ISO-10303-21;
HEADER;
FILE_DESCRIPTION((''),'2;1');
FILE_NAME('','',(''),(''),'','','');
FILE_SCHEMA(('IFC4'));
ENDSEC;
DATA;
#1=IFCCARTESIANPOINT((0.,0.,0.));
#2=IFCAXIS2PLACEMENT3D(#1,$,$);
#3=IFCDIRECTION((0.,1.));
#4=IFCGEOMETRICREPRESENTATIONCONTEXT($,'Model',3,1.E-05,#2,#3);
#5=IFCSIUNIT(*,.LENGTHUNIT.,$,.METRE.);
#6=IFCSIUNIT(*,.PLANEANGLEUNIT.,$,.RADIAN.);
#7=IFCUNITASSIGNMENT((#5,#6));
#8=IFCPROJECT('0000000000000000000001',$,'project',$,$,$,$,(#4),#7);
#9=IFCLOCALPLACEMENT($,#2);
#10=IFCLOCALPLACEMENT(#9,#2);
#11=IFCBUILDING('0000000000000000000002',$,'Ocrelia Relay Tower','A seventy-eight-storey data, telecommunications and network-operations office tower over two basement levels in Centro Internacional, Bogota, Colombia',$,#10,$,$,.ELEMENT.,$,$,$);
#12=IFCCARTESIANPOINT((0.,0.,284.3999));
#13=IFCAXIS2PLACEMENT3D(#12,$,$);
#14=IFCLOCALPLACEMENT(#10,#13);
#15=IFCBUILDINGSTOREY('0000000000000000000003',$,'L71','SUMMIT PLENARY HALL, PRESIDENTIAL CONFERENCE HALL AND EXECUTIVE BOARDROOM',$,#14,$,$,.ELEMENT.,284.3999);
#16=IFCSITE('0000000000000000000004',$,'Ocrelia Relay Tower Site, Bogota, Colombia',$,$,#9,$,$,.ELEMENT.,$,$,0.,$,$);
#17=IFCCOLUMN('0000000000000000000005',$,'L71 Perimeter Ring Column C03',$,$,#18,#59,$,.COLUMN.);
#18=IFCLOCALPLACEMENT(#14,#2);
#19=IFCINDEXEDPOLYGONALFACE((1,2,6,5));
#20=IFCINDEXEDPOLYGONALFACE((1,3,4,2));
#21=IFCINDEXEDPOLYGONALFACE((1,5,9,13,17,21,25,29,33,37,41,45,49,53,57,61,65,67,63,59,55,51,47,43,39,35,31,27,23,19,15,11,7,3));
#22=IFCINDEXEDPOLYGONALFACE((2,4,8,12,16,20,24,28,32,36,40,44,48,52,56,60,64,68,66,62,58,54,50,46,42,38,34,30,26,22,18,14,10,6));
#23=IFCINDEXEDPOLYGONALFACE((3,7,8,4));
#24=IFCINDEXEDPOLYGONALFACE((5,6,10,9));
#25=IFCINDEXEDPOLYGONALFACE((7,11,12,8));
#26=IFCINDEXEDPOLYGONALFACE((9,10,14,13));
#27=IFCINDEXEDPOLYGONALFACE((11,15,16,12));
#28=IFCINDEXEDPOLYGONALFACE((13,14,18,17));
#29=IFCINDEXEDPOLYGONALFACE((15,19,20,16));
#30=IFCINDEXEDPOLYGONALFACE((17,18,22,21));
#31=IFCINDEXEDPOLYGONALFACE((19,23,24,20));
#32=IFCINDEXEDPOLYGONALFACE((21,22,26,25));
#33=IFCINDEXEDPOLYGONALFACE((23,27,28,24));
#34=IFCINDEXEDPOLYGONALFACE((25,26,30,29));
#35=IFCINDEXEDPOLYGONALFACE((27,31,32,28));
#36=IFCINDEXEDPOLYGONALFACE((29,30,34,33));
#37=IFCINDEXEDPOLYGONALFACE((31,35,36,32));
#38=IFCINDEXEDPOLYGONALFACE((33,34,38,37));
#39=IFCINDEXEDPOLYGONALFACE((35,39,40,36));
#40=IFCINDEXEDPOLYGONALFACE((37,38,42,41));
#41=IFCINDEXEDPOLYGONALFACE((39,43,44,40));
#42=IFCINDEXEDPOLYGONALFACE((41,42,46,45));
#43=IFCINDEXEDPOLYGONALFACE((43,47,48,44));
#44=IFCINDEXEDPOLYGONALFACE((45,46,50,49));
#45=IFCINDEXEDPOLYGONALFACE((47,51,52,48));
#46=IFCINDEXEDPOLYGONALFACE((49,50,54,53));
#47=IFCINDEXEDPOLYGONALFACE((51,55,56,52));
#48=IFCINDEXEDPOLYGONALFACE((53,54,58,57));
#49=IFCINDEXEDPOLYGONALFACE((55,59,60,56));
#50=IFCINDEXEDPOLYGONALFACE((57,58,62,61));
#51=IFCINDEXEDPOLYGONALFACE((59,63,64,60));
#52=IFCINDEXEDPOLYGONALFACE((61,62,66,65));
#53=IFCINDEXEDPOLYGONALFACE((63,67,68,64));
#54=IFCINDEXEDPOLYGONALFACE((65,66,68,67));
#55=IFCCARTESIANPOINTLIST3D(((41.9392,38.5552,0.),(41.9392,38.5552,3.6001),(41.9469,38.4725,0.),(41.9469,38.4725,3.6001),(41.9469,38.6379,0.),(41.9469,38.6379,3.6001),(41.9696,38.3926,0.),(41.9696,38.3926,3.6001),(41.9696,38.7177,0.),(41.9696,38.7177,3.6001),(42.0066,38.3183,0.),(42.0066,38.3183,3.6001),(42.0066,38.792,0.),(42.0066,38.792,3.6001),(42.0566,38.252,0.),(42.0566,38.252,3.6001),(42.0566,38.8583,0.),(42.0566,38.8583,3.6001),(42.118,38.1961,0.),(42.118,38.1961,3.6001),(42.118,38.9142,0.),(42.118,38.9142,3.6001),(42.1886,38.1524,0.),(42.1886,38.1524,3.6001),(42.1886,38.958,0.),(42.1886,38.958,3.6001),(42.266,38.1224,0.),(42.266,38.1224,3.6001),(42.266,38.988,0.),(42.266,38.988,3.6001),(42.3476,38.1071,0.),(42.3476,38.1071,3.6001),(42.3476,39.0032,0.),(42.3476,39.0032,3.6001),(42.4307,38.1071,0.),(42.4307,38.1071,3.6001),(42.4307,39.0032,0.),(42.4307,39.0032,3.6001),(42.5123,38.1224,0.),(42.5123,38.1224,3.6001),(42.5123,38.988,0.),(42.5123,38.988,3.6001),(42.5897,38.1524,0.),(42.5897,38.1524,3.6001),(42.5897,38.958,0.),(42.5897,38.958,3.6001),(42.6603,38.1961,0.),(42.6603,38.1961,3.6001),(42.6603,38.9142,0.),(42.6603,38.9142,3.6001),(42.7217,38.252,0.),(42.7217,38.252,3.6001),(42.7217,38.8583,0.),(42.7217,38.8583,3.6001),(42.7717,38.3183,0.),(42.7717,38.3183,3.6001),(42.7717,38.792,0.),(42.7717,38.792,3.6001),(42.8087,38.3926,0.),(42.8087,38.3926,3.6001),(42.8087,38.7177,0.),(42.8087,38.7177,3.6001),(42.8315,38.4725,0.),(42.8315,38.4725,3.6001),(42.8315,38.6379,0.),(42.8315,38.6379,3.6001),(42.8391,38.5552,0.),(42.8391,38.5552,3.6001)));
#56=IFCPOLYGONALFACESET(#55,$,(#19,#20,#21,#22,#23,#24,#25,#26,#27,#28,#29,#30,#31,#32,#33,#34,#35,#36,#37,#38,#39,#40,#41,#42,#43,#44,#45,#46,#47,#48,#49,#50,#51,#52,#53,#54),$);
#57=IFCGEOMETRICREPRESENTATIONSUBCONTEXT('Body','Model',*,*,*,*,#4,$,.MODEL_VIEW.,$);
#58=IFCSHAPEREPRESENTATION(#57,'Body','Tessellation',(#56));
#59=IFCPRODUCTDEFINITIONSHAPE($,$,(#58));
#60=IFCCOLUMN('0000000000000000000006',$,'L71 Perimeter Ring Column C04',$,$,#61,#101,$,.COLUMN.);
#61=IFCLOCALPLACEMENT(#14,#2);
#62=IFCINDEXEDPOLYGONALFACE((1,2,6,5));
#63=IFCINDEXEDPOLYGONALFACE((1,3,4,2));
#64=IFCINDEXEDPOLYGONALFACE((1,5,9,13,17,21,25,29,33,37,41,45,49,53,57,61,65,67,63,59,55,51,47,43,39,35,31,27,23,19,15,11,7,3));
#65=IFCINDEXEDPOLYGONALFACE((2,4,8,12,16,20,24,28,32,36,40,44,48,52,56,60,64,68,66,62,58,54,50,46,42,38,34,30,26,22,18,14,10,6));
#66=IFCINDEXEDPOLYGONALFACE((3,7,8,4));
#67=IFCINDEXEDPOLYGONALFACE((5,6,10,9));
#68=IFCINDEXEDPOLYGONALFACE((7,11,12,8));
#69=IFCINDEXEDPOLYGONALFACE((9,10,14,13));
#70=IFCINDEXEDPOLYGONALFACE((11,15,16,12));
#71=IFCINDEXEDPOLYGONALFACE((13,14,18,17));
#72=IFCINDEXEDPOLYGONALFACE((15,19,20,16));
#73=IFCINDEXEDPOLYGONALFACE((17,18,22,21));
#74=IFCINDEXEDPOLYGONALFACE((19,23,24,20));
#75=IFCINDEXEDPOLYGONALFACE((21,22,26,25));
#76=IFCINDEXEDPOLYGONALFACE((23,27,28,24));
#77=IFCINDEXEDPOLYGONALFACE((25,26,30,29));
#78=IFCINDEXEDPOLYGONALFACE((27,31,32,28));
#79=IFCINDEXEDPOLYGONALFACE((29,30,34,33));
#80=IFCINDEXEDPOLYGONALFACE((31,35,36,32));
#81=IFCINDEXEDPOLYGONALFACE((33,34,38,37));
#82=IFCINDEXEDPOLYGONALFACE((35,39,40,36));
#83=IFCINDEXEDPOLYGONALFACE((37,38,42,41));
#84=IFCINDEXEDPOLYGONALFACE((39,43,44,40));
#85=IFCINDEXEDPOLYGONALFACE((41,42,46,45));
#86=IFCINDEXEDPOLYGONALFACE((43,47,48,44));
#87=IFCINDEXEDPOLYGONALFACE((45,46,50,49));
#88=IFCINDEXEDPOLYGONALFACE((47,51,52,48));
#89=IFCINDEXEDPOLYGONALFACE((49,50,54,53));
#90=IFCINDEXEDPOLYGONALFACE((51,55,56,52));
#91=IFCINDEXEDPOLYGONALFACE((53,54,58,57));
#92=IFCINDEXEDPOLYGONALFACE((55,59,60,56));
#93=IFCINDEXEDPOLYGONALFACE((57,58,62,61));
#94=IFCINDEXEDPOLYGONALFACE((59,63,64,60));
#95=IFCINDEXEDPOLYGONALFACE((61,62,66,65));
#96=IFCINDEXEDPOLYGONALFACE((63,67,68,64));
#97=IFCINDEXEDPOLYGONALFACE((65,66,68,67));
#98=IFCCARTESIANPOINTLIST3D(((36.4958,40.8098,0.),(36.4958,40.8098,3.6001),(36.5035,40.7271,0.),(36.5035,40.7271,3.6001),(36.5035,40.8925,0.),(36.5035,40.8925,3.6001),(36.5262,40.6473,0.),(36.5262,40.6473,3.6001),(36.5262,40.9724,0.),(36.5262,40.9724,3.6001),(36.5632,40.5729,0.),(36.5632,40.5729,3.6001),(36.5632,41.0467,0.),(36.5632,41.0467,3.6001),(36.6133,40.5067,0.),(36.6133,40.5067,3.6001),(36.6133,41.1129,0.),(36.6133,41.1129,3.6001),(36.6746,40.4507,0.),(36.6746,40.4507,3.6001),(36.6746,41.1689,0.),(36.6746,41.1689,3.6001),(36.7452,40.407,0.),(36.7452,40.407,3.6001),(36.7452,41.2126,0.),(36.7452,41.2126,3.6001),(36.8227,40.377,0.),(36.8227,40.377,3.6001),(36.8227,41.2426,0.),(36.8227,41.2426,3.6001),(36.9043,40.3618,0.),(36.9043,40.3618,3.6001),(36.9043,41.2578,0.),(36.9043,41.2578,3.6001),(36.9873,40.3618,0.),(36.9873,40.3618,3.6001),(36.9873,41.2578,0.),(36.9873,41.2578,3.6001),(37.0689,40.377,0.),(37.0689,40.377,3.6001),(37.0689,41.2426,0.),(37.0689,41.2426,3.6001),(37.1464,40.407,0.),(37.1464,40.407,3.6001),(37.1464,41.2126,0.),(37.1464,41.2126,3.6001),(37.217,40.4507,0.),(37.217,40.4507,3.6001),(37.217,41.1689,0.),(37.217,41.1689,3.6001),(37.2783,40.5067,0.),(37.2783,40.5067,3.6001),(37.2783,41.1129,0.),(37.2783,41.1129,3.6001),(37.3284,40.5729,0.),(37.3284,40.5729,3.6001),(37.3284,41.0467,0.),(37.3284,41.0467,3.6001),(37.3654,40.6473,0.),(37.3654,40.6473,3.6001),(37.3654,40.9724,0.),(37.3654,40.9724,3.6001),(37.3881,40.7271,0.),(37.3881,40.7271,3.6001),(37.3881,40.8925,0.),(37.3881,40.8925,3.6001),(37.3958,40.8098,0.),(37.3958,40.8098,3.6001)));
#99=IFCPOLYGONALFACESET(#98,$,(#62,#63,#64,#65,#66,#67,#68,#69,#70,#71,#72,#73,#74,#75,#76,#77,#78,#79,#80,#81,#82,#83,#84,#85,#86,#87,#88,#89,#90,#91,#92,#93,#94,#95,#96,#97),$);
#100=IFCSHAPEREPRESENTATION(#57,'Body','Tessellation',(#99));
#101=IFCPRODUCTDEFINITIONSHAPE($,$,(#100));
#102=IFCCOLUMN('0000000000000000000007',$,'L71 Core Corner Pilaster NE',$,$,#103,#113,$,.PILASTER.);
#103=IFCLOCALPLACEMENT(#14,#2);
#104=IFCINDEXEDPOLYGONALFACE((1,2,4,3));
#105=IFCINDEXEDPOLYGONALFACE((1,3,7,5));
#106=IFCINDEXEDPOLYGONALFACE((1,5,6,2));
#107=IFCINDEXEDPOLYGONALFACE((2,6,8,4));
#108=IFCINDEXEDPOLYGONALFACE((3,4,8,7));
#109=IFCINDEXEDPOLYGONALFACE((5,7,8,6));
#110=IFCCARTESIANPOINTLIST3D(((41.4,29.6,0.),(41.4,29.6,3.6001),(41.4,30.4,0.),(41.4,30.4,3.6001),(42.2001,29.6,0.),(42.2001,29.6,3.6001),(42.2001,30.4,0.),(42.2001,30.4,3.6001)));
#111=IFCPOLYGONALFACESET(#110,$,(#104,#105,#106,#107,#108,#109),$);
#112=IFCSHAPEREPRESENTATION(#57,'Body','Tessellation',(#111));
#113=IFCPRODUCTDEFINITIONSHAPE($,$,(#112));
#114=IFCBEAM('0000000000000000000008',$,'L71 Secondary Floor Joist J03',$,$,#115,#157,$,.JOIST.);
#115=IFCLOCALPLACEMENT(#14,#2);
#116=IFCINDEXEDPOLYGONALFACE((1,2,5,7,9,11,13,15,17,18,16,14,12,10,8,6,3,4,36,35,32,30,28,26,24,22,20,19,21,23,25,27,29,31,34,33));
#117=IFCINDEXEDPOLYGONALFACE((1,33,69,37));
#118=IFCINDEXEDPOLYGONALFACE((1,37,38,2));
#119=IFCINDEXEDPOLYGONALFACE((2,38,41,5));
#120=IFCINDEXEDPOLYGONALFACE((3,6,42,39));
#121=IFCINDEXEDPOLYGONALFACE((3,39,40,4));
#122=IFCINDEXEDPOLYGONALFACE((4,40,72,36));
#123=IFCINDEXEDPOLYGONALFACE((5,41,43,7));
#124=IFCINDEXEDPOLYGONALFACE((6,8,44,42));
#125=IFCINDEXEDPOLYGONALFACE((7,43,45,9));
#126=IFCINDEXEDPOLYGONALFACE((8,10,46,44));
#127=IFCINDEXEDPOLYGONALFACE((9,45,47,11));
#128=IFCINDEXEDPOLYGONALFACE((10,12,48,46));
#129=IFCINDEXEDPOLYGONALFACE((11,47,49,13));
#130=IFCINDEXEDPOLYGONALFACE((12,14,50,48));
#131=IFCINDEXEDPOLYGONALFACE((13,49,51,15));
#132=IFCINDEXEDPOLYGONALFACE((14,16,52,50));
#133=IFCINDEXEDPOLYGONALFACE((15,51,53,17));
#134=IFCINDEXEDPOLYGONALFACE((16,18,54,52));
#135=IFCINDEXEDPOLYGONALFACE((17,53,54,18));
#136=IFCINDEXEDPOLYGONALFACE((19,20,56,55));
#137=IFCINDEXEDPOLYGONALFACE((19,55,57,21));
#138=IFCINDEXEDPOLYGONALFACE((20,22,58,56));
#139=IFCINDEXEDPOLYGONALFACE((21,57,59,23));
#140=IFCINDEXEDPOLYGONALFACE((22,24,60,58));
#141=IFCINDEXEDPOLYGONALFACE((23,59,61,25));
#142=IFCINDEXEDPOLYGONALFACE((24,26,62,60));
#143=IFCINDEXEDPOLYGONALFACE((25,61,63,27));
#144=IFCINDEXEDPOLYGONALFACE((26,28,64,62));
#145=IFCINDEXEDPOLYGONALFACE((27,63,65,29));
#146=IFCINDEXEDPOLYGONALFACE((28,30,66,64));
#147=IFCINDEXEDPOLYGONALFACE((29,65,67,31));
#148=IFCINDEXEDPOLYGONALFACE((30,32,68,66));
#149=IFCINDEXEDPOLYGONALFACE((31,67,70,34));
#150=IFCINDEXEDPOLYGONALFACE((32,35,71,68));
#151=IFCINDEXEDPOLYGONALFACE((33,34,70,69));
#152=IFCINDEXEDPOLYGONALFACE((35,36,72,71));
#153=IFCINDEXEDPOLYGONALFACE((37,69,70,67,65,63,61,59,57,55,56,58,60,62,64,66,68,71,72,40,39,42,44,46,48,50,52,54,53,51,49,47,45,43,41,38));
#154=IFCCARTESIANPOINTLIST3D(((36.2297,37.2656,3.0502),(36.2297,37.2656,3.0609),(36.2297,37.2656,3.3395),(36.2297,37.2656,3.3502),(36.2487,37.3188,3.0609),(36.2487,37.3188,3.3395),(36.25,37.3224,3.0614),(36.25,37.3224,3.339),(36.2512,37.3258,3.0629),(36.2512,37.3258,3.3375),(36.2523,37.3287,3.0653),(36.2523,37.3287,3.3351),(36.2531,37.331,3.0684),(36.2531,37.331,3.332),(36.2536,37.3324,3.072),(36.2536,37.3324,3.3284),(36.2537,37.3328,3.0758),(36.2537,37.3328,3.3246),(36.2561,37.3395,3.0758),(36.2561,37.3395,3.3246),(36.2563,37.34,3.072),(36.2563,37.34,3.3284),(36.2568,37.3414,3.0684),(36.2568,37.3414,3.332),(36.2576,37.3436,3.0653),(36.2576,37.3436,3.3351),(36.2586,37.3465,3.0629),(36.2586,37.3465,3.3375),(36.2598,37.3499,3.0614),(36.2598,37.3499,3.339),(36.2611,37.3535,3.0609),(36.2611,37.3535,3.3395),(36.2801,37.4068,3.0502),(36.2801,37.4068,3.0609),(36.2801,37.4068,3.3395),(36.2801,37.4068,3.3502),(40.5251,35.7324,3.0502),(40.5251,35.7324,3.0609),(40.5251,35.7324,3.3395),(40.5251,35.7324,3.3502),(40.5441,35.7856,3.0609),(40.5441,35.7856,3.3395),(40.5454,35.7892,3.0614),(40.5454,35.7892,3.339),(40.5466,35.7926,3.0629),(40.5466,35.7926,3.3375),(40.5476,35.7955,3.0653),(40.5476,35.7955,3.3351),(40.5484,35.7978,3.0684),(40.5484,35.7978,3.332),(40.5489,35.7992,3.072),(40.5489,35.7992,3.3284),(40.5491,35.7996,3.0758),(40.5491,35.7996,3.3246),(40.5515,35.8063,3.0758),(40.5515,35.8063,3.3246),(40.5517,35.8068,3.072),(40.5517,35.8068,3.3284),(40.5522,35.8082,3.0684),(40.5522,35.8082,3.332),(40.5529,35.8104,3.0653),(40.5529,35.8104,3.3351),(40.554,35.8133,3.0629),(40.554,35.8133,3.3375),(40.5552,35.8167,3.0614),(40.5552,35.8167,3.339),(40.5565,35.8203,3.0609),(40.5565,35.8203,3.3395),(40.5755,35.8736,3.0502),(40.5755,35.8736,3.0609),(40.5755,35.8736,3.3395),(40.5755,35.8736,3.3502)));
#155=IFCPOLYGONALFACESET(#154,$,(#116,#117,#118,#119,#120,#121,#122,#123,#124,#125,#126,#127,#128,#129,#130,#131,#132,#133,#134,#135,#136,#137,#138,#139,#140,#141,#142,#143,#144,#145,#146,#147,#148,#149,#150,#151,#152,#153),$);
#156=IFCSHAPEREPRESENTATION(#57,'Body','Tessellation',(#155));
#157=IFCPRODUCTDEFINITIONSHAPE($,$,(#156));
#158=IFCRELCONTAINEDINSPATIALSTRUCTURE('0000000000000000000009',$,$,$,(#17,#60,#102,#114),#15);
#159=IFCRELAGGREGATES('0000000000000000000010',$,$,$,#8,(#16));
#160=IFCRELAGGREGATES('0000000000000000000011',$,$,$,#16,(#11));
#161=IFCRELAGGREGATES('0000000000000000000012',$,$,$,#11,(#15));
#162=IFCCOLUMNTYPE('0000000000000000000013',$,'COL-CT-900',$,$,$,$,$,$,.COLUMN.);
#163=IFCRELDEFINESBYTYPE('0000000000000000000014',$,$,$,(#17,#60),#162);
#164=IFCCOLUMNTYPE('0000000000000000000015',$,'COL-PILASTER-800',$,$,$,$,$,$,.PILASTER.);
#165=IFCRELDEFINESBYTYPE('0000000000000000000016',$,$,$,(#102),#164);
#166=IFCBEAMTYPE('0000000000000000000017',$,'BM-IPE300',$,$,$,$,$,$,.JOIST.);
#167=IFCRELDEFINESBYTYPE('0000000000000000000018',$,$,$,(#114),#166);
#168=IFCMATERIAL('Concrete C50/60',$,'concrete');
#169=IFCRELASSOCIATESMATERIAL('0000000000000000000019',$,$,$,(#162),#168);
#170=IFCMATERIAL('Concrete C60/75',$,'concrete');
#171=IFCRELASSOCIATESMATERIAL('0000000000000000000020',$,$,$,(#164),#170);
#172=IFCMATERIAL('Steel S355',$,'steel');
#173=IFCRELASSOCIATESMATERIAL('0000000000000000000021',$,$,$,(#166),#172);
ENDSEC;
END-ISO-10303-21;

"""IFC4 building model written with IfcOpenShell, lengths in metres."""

from ifc_helpers import new_model, si_unit, direction, frame, origin, origin_2d, place, context, subcontext, project, spatial, rectangle, circle, i_section, extrude, material, material_profile, profile_set, type_object, element, save


model = new_model("IFC4")

# Units and contexts
model_context = context("Model", 3, precision=1e-05, world=origin(), true_north=direction((0.0, 1.0)))
body_context = subcontext(model_context, "Body", "Model", "MODEL_VIEW")
ifc_project = project(units=[si_unit("LENGTHUNIT", "METRE"), si_unit("PLANEANGLEUNIT", "RADIAN")], contexts=[model_context])

# Site, building, storey
site_placement = place(None, origin())
site = spatial("IfcSite", under=ifc_project, at=site_placement, Name="Ocrelia Relay Tower Site, Bogota, Colombia", CompositionType="ELEMENT", RefElevation=0.0)
building_placement = place(site_placement, origin())
building = spatial("IfcBuilding", under=site, at=building_placement, Name="Ocrelia Relay Tower", Description="A seventy-eight-storey data, telecommunications and network-operations office tower over two basement levels in Centro Internacional, Bogota, Colombia", CompositionType="ELEMENT")
storey_placement = place(building_placement, frame((0.0, 0.0, 284.3999)))
storey = spatial("IfcBuildingStorey", under=building, at=storey_placement, Name="L71", Description="SUMMIT PLENARY HALL, PRESIDENTIAL CONFERENCE HALL AND EXECUTIVE BOARDROOM", CompositionType="ELEMENT", Elevation=284.3999)

# Columns
ifc_material_1 = material(Name="Concrete C50/60", Category="concrete")
ifc_material_profile_1 = material_profile(ifc_material_1, circle(Radius=0.45, at=origin_2d()), Name="RC-CIR-900")
ifc_profile_set_1 = profile_set([ifc_material_profile_1], Name="Concrete C50/60")
column_type_1 = type_object("IfcColumnType", Name="COL-CT-900", PredefinedType="COLUMN", material=ifc_profile_set_1)
for number, where, z_axis, x_axis, name in (
    (1, (42.3892, 38.5552, 0.0), (0.0, 0.0, 1.0), (1.0, 0.0, 0.0), "L71 Perimeter Ring Column C03"),
    (2, (36.9458, 40.8098, 0.0), (0.0, 0.0, 1.0), (1.0, 0.0, 0.0), "L71 Perimeter Ring Column C04"),
):
    element("IfcColumn", number, at=place(storey_placement, frame(where, z_axis=z_axis, x_axis=x_axis)), inside=storey, type_object=column_type_1, Name=name, PredefinedType="COLUMN", context=body_context, shape_type="SweptSolid", body=[
        extrude(circle(Radius=0.45, at=origin_2d()), origin(), (0.0, 0.0, 1.0), 3.6001),
    ])
ifc_material_2 = material(Name="Concrete C60/75", Category="concrete")
ifc_material_profile_2 = material_profile(ifc_material_2, rectangle(XDim=0.8, YDim=0.8, at=origin_2d()), Name="RC-COL-800x800")
ifc_profile_set_2 = profile_set([ifc_material_profile_2], Name="Concrete C60/75")
column_type_2 = type_object("IfcColumnType", Name="COL-PILASTER-800", PredefinedType="PILASTER", material=ifc_profile_set_2)
column_placement = place(storey_placement, frame((41.8, 30.0, 0.0), z_axis=(0.0, 0.0, 1.0), x_axis=(1.0, 0.0, 0.0)))
element("IfcColumn", 3, at=column_placement, inside=storey, type_object=column_type_2, Name="L71 Core Corner Pilaster NE", PredefinedType="PILASTER", context=body_context, shape_type="SweptSolid", body=[
    extrude(rectangle(XDim=0.8, YDim=0.8, at=origin_2d()), origin(), (0.0, 0.0, 1.0), 3.6001),
])

# Beam
ifc_material_3 = material(Name="Steel S355", Category="steel")
ifc_material_profile_3 = material_profile(ifc_material_3, i_section(OverallWidth=0.1499, OverallDepth=0.3, WebThickness=0.0071, FlangeThickness=0.0107, FilletRadius=0.0149, at=origin_2d()), Name="IPE 300")
ifc_profile_set_3 = profile_set([ifc_material_profile_3], Name="Steel S355")
beam_type_1 = type_object("IfcBeamType", Name="BM-IPE300", PredefinedType="JOIST", material=ifc_profile_set_3)
beam_1_placement = place(storey_placement, frame((40.5503, 35.803, 3.2002), z_axis=(-0.941802, 0.336167, 0.0), x_axis=(-0.336167, -0.941802, 0.0)))
element("IfcBeam", 4, at=beam_1_placement, inside=storey, type_object=beam_type_1, Name="L71 Secondary Floor Joist J03", PredefinedType="JOIST", context=body_context, shape_type="SweptSolid", body=[
    extrude(i_section(OverallWidth=0.1499, OverallDepth=0.3, WebThickness=0.0071, FlangeThickness=0.0107, FilletRadius=0.0149, at=origin_2d()), origin(), (0.0, 0.0, 1.0), 4.5608),
])

save(model, "model.ifc")
